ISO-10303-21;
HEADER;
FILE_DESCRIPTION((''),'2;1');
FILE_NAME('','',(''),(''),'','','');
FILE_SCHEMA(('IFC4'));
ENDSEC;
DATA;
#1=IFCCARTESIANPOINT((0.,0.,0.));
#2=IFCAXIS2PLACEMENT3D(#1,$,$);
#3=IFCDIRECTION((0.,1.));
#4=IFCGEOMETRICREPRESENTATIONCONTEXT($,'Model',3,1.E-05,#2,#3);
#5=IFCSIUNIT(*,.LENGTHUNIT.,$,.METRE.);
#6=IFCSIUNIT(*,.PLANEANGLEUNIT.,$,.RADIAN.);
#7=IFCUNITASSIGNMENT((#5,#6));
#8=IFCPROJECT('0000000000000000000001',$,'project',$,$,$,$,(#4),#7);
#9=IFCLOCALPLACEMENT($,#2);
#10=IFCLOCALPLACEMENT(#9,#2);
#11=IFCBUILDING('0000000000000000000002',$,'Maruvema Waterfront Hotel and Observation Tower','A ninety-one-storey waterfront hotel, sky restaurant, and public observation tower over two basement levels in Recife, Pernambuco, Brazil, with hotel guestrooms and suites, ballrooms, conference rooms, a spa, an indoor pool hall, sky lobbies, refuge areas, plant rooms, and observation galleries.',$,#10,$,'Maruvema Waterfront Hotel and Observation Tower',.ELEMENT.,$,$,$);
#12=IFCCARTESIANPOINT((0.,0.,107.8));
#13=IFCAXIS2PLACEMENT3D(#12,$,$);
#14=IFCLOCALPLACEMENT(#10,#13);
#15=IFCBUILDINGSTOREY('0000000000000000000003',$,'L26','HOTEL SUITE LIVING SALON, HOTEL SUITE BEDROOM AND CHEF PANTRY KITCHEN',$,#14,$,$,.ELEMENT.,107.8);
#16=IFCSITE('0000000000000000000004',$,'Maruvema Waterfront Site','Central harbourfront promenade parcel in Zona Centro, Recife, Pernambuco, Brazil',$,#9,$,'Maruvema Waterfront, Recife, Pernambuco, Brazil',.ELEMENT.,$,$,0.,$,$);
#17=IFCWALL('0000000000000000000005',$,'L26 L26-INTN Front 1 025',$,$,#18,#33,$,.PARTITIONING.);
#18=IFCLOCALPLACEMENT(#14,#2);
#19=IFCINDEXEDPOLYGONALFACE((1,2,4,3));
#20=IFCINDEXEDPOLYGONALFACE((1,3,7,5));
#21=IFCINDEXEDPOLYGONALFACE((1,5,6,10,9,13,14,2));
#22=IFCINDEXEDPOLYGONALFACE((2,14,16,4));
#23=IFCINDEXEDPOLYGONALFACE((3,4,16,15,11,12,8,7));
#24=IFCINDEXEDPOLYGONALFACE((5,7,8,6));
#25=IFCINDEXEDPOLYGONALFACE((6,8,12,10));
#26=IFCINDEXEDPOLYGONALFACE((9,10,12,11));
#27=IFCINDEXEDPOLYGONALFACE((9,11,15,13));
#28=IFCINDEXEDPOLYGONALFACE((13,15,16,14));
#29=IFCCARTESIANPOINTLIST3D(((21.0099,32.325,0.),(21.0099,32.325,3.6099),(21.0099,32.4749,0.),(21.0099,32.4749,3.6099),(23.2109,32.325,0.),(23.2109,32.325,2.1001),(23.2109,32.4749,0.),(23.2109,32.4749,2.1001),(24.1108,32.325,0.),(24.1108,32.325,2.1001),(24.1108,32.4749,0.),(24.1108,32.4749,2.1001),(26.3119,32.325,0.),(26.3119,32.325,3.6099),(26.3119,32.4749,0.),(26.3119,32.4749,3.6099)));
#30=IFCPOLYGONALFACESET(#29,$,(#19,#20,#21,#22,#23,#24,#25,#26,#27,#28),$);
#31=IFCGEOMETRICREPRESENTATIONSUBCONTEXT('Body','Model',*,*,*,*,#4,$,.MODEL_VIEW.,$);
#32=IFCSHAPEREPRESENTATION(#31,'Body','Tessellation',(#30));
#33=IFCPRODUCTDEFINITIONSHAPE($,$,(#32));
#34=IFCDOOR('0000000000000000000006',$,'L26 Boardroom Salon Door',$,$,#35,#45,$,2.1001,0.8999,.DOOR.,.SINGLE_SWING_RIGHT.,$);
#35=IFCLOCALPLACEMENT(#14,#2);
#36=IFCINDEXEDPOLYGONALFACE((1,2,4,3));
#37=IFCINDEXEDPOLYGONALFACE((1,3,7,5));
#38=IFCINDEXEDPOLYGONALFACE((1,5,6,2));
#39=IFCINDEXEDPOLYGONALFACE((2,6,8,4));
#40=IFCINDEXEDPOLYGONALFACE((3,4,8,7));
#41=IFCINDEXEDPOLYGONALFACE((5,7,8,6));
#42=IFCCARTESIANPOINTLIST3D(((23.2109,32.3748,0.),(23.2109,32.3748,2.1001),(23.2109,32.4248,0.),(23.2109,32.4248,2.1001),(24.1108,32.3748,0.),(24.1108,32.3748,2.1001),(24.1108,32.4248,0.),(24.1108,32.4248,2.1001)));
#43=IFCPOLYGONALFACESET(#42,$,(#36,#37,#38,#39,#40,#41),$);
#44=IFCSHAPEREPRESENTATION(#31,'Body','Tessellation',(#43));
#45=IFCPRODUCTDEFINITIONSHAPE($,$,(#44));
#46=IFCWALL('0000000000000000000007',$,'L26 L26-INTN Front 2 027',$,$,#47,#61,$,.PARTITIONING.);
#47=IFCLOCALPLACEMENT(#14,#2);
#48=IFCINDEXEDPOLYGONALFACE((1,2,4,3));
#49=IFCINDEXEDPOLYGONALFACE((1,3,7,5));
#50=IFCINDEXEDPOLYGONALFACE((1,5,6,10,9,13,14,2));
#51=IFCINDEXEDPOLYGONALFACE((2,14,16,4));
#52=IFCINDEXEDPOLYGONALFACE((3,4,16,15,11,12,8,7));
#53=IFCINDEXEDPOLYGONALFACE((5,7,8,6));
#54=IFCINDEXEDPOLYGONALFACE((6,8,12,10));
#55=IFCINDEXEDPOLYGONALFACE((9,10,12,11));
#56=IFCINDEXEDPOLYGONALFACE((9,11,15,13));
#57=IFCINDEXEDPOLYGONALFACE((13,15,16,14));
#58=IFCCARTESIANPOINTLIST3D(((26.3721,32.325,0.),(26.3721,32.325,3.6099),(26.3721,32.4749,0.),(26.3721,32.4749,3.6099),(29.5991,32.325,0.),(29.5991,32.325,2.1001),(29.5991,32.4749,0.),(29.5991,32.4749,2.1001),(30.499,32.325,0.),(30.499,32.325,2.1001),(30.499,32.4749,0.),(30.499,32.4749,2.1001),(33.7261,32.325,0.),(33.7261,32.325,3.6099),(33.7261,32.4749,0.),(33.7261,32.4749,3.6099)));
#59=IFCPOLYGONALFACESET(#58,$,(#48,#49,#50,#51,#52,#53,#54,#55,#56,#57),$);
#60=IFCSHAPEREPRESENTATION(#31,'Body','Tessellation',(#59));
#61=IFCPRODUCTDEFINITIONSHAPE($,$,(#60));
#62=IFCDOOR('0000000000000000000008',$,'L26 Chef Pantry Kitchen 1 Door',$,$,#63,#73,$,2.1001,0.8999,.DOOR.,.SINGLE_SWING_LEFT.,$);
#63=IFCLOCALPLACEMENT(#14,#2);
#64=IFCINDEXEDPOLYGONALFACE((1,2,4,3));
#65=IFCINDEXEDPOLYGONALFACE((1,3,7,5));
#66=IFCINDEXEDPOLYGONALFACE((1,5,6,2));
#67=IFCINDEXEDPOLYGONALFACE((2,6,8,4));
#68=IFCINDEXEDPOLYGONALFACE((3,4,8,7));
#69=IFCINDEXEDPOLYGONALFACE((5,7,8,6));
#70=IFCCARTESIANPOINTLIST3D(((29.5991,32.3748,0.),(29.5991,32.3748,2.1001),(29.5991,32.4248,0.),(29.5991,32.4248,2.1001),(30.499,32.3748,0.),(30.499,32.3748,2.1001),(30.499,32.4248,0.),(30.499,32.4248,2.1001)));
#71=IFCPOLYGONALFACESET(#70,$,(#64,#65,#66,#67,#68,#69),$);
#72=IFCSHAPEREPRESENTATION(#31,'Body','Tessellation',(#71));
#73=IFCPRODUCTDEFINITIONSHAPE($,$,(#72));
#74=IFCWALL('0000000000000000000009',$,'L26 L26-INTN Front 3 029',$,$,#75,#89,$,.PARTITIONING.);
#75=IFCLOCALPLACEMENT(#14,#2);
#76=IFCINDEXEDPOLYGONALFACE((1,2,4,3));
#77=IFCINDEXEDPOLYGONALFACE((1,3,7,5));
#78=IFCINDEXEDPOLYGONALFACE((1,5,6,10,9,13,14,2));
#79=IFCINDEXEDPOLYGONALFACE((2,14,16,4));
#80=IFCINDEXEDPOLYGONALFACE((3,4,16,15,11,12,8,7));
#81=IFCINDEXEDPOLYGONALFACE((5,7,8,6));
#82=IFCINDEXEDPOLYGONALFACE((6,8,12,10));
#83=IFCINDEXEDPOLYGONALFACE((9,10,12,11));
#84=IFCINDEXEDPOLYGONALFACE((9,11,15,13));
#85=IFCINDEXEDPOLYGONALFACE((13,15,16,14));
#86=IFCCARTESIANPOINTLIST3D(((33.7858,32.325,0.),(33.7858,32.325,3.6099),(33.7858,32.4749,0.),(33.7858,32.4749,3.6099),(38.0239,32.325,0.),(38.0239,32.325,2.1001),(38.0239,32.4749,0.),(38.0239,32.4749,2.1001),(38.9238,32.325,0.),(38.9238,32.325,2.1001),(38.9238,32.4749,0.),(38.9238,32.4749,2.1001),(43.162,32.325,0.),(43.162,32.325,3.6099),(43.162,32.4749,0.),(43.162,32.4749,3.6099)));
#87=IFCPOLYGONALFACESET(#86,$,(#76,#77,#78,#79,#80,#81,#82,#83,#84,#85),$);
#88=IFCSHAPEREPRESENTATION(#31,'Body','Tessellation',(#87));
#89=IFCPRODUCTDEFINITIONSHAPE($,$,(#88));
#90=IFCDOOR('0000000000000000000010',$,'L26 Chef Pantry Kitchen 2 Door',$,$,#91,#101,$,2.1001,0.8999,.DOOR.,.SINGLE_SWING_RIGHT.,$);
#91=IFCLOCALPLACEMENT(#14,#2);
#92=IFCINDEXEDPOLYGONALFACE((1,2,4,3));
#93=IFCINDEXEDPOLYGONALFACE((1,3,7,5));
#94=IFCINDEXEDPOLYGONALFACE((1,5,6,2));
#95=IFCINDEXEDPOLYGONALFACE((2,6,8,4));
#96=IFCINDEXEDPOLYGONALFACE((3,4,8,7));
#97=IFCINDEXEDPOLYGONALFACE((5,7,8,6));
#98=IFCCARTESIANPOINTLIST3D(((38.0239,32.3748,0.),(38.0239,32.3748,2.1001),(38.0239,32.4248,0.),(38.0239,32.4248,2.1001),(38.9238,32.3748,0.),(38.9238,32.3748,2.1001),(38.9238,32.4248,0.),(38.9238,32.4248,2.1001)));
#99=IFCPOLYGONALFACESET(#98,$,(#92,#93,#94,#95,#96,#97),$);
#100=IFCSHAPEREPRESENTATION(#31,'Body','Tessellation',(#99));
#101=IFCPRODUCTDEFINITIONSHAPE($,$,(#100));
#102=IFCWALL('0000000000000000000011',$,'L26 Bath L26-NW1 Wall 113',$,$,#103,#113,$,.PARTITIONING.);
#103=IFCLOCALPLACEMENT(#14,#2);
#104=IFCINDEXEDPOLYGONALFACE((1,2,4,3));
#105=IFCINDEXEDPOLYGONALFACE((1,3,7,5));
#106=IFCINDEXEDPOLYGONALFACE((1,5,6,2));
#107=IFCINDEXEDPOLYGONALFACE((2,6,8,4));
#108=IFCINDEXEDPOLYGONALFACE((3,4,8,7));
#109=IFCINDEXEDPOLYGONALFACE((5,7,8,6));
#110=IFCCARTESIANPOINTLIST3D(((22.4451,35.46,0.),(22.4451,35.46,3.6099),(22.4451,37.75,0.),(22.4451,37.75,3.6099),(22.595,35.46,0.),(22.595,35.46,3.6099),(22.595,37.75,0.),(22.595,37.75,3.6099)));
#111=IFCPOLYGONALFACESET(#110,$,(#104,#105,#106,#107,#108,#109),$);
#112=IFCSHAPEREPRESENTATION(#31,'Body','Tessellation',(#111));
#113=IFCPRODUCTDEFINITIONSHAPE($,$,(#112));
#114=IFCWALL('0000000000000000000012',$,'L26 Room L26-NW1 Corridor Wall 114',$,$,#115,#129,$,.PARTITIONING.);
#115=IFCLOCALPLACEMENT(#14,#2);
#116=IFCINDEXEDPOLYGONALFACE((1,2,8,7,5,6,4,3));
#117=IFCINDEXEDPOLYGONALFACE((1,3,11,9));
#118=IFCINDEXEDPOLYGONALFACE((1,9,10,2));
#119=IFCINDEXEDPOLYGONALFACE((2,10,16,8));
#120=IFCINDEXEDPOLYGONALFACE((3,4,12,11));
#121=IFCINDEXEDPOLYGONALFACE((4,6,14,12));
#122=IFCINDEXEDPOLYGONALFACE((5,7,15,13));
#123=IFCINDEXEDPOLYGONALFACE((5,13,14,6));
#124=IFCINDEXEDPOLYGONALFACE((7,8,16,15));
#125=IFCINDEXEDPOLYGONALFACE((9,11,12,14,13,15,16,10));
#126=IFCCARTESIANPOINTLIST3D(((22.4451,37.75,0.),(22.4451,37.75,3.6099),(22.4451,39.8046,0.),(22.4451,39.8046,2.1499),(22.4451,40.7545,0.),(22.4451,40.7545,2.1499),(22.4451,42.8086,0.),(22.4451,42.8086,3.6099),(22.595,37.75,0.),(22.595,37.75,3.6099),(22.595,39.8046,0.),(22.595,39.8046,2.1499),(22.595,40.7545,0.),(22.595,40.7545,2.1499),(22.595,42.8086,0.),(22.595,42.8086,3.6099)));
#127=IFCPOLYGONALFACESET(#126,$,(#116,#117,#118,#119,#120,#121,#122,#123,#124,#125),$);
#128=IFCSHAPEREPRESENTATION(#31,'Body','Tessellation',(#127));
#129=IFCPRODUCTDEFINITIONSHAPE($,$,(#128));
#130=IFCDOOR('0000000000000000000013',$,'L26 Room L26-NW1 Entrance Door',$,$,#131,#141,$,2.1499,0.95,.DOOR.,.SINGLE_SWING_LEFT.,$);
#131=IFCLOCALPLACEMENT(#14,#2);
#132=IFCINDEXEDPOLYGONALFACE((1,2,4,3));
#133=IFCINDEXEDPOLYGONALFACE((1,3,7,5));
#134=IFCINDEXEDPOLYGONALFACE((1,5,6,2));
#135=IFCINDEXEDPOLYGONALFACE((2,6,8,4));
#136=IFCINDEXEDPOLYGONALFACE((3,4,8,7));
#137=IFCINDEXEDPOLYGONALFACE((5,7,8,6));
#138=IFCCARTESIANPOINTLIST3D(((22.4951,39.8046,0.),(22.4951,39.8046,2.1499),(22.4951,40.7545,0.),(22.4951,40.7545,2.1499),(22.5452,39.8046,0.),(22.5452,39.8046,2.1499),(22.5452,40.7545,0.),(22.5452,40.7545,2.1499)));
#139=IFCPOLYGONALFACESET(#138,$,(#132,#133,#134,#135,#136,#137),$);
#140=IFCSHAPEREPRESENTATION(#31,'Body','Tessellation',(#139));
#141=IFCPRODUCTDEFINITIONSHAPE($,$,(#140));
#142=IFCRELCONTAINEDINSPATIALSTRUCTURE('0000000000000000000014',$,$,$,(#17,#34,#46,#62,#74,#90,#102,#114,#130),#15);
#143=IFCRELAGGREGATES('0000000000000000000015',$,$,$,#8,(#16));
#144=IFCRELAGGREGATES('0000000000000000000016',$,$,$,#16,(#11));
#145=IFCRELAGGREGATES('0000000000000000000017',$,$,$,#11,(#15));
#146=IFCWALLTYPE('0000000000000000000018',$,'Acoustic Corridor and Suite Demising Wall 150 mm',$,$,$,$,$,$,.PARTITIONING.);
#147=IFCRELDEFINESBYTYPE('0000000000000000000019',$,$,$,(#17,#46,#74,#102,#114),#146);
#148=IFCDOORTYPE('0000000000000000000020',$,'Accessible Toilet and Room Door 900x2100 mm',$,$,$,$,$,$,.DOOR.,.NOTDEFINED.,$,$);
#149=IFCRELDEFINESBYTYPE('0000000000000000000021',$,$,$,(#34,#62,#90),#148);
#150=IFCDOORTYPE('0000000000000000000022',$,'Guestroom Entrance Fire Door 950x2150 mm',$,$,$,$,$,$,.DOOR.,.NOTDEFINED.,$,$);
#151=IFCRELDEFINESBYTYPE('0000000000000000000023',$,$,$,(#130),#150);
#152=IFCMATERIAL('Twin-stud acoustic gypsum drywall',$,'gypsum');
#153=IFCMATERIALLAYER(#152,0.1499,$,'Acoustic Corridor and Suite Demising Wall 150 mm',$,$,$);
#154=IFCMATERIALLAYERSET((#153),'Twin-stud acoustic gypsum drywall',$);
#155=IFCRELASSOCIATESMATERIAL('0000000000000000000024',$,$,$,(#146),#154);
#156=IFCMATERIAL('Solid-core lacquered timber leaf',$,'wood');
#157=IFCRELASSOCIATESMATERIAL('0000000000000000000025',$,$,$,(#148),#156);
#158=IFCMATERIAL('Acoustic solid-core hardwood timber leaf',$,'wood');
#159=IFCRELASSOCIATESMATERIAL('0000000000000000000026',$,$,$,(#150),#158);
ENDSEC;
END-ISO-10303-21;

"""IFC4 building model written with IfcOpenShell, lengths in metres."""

from ifc_helpers import new_model, si_unit, direction, frame, frame_2d, origin, place, context, subcontext, project, spatial, rectangle, extrude, material, layer, layer_set, type_object, element, fill, save


model = new_model("IFC4")

# Units and contexts
model_context = context("Model", 3, precision=1e-05, world=origin(), true_north=direction((0.0, 1.0)))
body_context = subcontext(model_context, "Body", "Model", "MODEL_VIEW")
ifc_project = project(units=[si_unit("LENGTHUNIT", "METRE"), si_unit("PLANEANGLEUNIT", "RADIAN")], contexts=[model_context])

# Site, building, storey
site_placement = place(None, origin())
site = spatial("IfcSite", under=ifc_project, at=site_placement, Name="Maruvema Waterfront Site", Description="Central harbourfront promenade parcel in Zona Centro, Recife, Pernambuco, Brazil", LongName="Maruvema Waterfront, Recife, Pernambuco, Brazil", CompositionType="ELEMENT", RefElevation=0.0)
building_placement = place(site_placement, origin())
building = spatial("IfcBuilding", under=site, at=building_placement, Name="Maruvema Waterfront Hotel and Observation Tower", Description="A ninety-one-storey waterfront hotel, sky restaurant, and public observation tower over two basement levels in Recife, Pernambuco, Brazil, with hotel guestrooms and suites, ballrooms, conference rooms, a spa, an indoor pool hall, sky lobbies, refuge areas, plant rooms, and observation galleries.", LongName="Maruvema Waterfront Hotel and Observation Tower", CompositionType="ELEMENT")
storey_placement = place(building_placement, frame((0.0, 0.0, 107.8)))
storey = spatial("IfcBuildingStorey", under=building, at=storey_placement, Name="L26", Description="HOTEL SUITE LIVING SALON, HOTEL SUITE BEDROOM AND CHEF PANTRY KITCHEN", CompositionType="ELEMENT", Elevation=107.8)

# Walls, openings, doors
ifc_material_1 = material(Name="Twin-stud acoustic gypsum drywall", Category="gypsum")
ifc_layer_1 = layer(ifc_material_1, 0.1499, Name="Acoustic Corridor and Suite Demising Wall 150 mm")
ifc_layer_set_1 = layer_set([ifc_layer_1], Name="Twin-stud acoustic gypsum drywall")
wall_type_1 = type_object("IfcWallType", Name="Acoustic Corridor and Suite Demising Wall 150 mm", PredefinedType="PARTITIONING", material=ifc_layer_set_1)
wall_1_placement = place(storey_placement, frame((21.01, 32.3999, 0.0), z_axis=(0.0, 0.0, 1.0), x_axis=(1.0, 0.0, 0.0)))
wall_1 = element("IfcWall", 1, at=wall_1_placement, inside=storey, type_object=wall_type_1, Name="L26 L26-INTN Front 1 025", PredefinedType="PARTITIONING", context=body_context, shape_type="SweptSolid", body=[
    extrude(rectangle(XDim=5.302, YDim=0.1499, at=frame_2d((2.6509, 0.0))), origin(), (0.0, 0.0, 1.0), 3.6099),
])
opening_1_placement = place(wall_1_placement, frame((2.2009, 0.0, 0.0)))
opening_1 = element("IfcOpeningElement", 2, at=opening_1_placement, cuts=wall_1, PredefinedType="OPENING", context=body_context, shape_type="SweptSolid", body=[
    extrude(rectangle(XDim=0.8999, YDim=2.1001, at=frame_2d((0.45, 1.05))), frame((0.0, 0.085, 0.0), z_axis=(0.0, -1.0, 0.0), x_axis=(1.0, 0.0, 0.0)), (0.0, 0.0, 1.0), 0.1699),
])
ifc_material_2 = material(Name="Solid-core lacquered timber leaf", Category="wood")
door_type_1 = type_object("IfcDoorType", Name="Accessible Toilet and Room Door 900x2100 mm", OperationType="NOTDEFINED", PredefinedType="DOOR", material=ifc_material_2)
door_1_placement = place(opening_1_placement, origin())
door_1 = element("IfcDoor", 3, at=door_1_placement, inside=storey, type_object=door_type_1, Name="L26 Boardroom Salon Door", OperationType="SINGLE_SWING_RIGHT", OverallHeight=2.1001, OverallWidth=0.8999, PredefinedType="DOOR", context=body_context, shape_type="SweptSolid", body=[
    extrude(rectangle(XDim=0.8999, YDim=2.1001, at=frame_2d((0.45, 1.05))), frame((0.0, 0.0249, 0.0), z_axis=(0.0, -1.0, 0.0), x_axis=(1.0, 0.0, 0.0)), (0.0, 0.0, 1.0), 0.05),
])
fill(opening_1, door_1)
wall_2_placement = place(storey_placement, frame((26.3721, 32.3999, 0.0), z_axis=(0.0, 0.0, 1.0), x_axis=(1.0, 0.0, 0.0)))
wall_2 = element("IfcWall", 4, at=wall_2_placement, inside=storey, type_object=wall_type_1, Name="L26 L26-INTN Front 2 027", PredefinedType="PARTITIONING", context=body_context, shape_type="SweptSolid", body=[
    extrude(rectangle(XDim=7.354, YDim=0.1499, at=frame_2d((3.677, 0.0))), origin(), (0.0, 0.0, 1.0), 3.6099),
])
opening_2_placement = place(wall_2_placement, frame((3.2271, 0.0, 0.0)))
opening_2 = element("IfcOpeningElement", 5, at=opening_2_placement, cuts=wall_2, PredefinedType="OPENING", context=body_context, shape_type="SweptSolid", body=[
    extrude(rectangle(XDim=0.8999, YDim=2.1001, at=frame_2d((0.45, 1.05))), frame((0.0, 0.085, 0.0), z_axis=(0.0, -1.0, 0.0), x_axis=(1.0, 0.0, 0.0)), (0.0, 0.0, 1.0), 0.1699),
])
door_2_placement = place(opening_2_placement, origin())
door_2 = element("IfcDoor", 6, at=door_2_placement, inside=storey, type_object=door_type_1, Name="L26 Chef Pantry Kitchen 1 Door", OperationType="SINGLE_SWING_LEFT", OverallHeight=2.1001, OverallWidth=0.8999, PredefinedType="DOOR", context=body_context, shape_type="SweptSolid", body=[
    extrude(rectangle(XDim=0.8999, YDim=2.1001, at=frame_2d((0.45, 1.05))), frame((0.0, 0.0249, 0.0), z_axis=(0.0, -1.0, 0.0), x_axis=(1.0, 0.0, 0.0)), (0.0, 0.0, 1.0), 0.05),
])
fill(opening_2, door_2)
wall_3_placement = place(storey_placement, frame((33.7859, 32.3999, 0.0), z_axis=(0.0, 0.0, 1.0), x_axis=(1.0, 0.0, 0.0)))
wall_3 = element("IfcWall", 7, at=wall_3_placement, inside=storey, type_object=wall_type_1, Name="L26 L26-INTN Front 3 029", PredefinedType="PARTITIONING", context=body_context, shape_type="SweptSolid", body=[
    extrude(rectangle(XDim=9.3762, YDim=0.1499, at=frame_2d((4.688, 0.0))), origin(), (0.0, 0.0, 1.0), 3.6099),
])
opening_3_placement = place(wall_3_placement, frame((4.238, 0.0, 0.0)))
opening_3 = element("IfcOpeningElement", 8, at=opening_3_placement, cuts=wall_3, PredefinedType="OPENING", context=body_context, shape_type="SweptSolid", body=[
    extrude(rectangle(XDim=0.8999, YDim=2.1001, at=frame_2d((0.45, 1.05))), frame((0.0, 0.085, 0.0), z_axis=(0.0, -1.0, 0.0), x_axis=(1.0, 0.0, 0.0)), (0.0, 0.0, 1.0), 0.1699),
])
door_3_placement = place(opening_3_placement, origin())
door_3 = element("IfcDoor", 9, at=door_3_placement, inside=storey, type_object=door_type_1, Name="L26 Chef Pantry Kitchen 2 Door", OperationType="SINGLE_SWING_RIGHT", OverallHeight=2.1001, OverallWidth=0.8999, PredefinedType="DOOR", context=body_context, shape_type="SweptSolid", body=[
    extrude(rectangle(XDim=0.8999, YDim=2.1001, at=frame_2d((0.45, 1.05))), frame((0.0, 0.0249, 0.0), z_axis=(0.0, -1.0, 0.0), x_axis=(1.0, 0.0, 0.0)), (0.0, 0.0, 1.0), 0.05),
])
fill(opening_3, door_3)

# Wall
wall_4_placement = place(storey_placement, frame((22.52, 35.46, 0.0), z_axis=(0.0, 0.0, 1.0), x_axis=(0.0, 1.0, 0.0)))
element("IfcWall", 10, at=wall_4_placement, inside=storey, type_object=wall_type_1, Name="L26 Bath L26-NW1 Wall 113", PredefinedType="PARTITIONING", context=body_context, shape_type="SweptSolid", body=[
    extrude(rectangle(XDim=2.29, YDim=0.1499, at=frame_2d((1.145, 0.0))), origin(), (0.0, 0.0, 1.0), 3.6099),
])

# Wall, opening, door
wall_5_placement = place(storey_placement, frame((22.52, 37.75, 0.0), z_axis=(0.0, 0.0, 1.0), x_axis=(0.0, 1.0, 0.0)))
wall_5 = element("IfcWall", 11, at=wall_5_placement, inside=storey, type_object=wall_type_1, Name="L26 Room L26-NW1 Corridor Wall 114", PredefinedType="PARTITIONING", context=body_context, shape_type="SweptSolid", body=[
    extrude(rectangle(XDim=5.0586, YDim=0.1499, at=frame_2d((2.5293, 0.0))), origin(), (0.0, 0.0, 1.0), 3.6099),
])
opening_4_placement = place(wall_5_placement, frame((2.0544, 0.0, 0.0)))
opening_4 = element("IfcOpeningElement", 12, at=opening_4_placement, cuts=wall_5, PredefinedType="OPENING", context=body_context, shape_type="SweptSolid", body=[
    extrude(rectangle(XDim=0.95, YDim=2.1499, at=frame_2d((0.4751, 1.075))), frame((0.0, 0.085, 0.0), z_axis=(0.0, -1.0, 0.0), x_axis=(1.0, 0.0, 0.0)), (0.0, 0.0, 1.0), 0.1699),
])
ifc_material_3 = material(Name="Acoustic solid-core hardwood timber leaf", Category="wood")
door_type_2 = type_object("IfcDoorType", Name="Guestroom Entrance Fire Door 950x2150 mm", OperationType="NOTDEFINED", PredefinedType="DOOR", material=ifc_material_3)
door_4_placement = place(opening_4_placement, origin())
door_4 = element("IfcDoor", 13, at=door_4_placement, inside=storey, type_object=door_type_2, Name="L26 Room L26-NW1 Entrance Door", OperationType="SINGLE_SWING_LEFT", OverallHeight=2.1499, OverallWidth=0.95, PredefinedType="DOOR", context=body_context, shape_type="SweptSolid", body=[
    extrude(rectangle(XDim=0.95, YDim=2.1499, at=frame_2d((0.4751, 1.075))), frame((0.0, 0.0249, 0.0), z_axis=(0.0, -1.0, 0.0), x_axis=(1.0, 0.0, 0.0)), (0.0, 0.0, 1.0), 0.05),
])
fill(opening_4, door_4)

save(model, "model.ifc")
